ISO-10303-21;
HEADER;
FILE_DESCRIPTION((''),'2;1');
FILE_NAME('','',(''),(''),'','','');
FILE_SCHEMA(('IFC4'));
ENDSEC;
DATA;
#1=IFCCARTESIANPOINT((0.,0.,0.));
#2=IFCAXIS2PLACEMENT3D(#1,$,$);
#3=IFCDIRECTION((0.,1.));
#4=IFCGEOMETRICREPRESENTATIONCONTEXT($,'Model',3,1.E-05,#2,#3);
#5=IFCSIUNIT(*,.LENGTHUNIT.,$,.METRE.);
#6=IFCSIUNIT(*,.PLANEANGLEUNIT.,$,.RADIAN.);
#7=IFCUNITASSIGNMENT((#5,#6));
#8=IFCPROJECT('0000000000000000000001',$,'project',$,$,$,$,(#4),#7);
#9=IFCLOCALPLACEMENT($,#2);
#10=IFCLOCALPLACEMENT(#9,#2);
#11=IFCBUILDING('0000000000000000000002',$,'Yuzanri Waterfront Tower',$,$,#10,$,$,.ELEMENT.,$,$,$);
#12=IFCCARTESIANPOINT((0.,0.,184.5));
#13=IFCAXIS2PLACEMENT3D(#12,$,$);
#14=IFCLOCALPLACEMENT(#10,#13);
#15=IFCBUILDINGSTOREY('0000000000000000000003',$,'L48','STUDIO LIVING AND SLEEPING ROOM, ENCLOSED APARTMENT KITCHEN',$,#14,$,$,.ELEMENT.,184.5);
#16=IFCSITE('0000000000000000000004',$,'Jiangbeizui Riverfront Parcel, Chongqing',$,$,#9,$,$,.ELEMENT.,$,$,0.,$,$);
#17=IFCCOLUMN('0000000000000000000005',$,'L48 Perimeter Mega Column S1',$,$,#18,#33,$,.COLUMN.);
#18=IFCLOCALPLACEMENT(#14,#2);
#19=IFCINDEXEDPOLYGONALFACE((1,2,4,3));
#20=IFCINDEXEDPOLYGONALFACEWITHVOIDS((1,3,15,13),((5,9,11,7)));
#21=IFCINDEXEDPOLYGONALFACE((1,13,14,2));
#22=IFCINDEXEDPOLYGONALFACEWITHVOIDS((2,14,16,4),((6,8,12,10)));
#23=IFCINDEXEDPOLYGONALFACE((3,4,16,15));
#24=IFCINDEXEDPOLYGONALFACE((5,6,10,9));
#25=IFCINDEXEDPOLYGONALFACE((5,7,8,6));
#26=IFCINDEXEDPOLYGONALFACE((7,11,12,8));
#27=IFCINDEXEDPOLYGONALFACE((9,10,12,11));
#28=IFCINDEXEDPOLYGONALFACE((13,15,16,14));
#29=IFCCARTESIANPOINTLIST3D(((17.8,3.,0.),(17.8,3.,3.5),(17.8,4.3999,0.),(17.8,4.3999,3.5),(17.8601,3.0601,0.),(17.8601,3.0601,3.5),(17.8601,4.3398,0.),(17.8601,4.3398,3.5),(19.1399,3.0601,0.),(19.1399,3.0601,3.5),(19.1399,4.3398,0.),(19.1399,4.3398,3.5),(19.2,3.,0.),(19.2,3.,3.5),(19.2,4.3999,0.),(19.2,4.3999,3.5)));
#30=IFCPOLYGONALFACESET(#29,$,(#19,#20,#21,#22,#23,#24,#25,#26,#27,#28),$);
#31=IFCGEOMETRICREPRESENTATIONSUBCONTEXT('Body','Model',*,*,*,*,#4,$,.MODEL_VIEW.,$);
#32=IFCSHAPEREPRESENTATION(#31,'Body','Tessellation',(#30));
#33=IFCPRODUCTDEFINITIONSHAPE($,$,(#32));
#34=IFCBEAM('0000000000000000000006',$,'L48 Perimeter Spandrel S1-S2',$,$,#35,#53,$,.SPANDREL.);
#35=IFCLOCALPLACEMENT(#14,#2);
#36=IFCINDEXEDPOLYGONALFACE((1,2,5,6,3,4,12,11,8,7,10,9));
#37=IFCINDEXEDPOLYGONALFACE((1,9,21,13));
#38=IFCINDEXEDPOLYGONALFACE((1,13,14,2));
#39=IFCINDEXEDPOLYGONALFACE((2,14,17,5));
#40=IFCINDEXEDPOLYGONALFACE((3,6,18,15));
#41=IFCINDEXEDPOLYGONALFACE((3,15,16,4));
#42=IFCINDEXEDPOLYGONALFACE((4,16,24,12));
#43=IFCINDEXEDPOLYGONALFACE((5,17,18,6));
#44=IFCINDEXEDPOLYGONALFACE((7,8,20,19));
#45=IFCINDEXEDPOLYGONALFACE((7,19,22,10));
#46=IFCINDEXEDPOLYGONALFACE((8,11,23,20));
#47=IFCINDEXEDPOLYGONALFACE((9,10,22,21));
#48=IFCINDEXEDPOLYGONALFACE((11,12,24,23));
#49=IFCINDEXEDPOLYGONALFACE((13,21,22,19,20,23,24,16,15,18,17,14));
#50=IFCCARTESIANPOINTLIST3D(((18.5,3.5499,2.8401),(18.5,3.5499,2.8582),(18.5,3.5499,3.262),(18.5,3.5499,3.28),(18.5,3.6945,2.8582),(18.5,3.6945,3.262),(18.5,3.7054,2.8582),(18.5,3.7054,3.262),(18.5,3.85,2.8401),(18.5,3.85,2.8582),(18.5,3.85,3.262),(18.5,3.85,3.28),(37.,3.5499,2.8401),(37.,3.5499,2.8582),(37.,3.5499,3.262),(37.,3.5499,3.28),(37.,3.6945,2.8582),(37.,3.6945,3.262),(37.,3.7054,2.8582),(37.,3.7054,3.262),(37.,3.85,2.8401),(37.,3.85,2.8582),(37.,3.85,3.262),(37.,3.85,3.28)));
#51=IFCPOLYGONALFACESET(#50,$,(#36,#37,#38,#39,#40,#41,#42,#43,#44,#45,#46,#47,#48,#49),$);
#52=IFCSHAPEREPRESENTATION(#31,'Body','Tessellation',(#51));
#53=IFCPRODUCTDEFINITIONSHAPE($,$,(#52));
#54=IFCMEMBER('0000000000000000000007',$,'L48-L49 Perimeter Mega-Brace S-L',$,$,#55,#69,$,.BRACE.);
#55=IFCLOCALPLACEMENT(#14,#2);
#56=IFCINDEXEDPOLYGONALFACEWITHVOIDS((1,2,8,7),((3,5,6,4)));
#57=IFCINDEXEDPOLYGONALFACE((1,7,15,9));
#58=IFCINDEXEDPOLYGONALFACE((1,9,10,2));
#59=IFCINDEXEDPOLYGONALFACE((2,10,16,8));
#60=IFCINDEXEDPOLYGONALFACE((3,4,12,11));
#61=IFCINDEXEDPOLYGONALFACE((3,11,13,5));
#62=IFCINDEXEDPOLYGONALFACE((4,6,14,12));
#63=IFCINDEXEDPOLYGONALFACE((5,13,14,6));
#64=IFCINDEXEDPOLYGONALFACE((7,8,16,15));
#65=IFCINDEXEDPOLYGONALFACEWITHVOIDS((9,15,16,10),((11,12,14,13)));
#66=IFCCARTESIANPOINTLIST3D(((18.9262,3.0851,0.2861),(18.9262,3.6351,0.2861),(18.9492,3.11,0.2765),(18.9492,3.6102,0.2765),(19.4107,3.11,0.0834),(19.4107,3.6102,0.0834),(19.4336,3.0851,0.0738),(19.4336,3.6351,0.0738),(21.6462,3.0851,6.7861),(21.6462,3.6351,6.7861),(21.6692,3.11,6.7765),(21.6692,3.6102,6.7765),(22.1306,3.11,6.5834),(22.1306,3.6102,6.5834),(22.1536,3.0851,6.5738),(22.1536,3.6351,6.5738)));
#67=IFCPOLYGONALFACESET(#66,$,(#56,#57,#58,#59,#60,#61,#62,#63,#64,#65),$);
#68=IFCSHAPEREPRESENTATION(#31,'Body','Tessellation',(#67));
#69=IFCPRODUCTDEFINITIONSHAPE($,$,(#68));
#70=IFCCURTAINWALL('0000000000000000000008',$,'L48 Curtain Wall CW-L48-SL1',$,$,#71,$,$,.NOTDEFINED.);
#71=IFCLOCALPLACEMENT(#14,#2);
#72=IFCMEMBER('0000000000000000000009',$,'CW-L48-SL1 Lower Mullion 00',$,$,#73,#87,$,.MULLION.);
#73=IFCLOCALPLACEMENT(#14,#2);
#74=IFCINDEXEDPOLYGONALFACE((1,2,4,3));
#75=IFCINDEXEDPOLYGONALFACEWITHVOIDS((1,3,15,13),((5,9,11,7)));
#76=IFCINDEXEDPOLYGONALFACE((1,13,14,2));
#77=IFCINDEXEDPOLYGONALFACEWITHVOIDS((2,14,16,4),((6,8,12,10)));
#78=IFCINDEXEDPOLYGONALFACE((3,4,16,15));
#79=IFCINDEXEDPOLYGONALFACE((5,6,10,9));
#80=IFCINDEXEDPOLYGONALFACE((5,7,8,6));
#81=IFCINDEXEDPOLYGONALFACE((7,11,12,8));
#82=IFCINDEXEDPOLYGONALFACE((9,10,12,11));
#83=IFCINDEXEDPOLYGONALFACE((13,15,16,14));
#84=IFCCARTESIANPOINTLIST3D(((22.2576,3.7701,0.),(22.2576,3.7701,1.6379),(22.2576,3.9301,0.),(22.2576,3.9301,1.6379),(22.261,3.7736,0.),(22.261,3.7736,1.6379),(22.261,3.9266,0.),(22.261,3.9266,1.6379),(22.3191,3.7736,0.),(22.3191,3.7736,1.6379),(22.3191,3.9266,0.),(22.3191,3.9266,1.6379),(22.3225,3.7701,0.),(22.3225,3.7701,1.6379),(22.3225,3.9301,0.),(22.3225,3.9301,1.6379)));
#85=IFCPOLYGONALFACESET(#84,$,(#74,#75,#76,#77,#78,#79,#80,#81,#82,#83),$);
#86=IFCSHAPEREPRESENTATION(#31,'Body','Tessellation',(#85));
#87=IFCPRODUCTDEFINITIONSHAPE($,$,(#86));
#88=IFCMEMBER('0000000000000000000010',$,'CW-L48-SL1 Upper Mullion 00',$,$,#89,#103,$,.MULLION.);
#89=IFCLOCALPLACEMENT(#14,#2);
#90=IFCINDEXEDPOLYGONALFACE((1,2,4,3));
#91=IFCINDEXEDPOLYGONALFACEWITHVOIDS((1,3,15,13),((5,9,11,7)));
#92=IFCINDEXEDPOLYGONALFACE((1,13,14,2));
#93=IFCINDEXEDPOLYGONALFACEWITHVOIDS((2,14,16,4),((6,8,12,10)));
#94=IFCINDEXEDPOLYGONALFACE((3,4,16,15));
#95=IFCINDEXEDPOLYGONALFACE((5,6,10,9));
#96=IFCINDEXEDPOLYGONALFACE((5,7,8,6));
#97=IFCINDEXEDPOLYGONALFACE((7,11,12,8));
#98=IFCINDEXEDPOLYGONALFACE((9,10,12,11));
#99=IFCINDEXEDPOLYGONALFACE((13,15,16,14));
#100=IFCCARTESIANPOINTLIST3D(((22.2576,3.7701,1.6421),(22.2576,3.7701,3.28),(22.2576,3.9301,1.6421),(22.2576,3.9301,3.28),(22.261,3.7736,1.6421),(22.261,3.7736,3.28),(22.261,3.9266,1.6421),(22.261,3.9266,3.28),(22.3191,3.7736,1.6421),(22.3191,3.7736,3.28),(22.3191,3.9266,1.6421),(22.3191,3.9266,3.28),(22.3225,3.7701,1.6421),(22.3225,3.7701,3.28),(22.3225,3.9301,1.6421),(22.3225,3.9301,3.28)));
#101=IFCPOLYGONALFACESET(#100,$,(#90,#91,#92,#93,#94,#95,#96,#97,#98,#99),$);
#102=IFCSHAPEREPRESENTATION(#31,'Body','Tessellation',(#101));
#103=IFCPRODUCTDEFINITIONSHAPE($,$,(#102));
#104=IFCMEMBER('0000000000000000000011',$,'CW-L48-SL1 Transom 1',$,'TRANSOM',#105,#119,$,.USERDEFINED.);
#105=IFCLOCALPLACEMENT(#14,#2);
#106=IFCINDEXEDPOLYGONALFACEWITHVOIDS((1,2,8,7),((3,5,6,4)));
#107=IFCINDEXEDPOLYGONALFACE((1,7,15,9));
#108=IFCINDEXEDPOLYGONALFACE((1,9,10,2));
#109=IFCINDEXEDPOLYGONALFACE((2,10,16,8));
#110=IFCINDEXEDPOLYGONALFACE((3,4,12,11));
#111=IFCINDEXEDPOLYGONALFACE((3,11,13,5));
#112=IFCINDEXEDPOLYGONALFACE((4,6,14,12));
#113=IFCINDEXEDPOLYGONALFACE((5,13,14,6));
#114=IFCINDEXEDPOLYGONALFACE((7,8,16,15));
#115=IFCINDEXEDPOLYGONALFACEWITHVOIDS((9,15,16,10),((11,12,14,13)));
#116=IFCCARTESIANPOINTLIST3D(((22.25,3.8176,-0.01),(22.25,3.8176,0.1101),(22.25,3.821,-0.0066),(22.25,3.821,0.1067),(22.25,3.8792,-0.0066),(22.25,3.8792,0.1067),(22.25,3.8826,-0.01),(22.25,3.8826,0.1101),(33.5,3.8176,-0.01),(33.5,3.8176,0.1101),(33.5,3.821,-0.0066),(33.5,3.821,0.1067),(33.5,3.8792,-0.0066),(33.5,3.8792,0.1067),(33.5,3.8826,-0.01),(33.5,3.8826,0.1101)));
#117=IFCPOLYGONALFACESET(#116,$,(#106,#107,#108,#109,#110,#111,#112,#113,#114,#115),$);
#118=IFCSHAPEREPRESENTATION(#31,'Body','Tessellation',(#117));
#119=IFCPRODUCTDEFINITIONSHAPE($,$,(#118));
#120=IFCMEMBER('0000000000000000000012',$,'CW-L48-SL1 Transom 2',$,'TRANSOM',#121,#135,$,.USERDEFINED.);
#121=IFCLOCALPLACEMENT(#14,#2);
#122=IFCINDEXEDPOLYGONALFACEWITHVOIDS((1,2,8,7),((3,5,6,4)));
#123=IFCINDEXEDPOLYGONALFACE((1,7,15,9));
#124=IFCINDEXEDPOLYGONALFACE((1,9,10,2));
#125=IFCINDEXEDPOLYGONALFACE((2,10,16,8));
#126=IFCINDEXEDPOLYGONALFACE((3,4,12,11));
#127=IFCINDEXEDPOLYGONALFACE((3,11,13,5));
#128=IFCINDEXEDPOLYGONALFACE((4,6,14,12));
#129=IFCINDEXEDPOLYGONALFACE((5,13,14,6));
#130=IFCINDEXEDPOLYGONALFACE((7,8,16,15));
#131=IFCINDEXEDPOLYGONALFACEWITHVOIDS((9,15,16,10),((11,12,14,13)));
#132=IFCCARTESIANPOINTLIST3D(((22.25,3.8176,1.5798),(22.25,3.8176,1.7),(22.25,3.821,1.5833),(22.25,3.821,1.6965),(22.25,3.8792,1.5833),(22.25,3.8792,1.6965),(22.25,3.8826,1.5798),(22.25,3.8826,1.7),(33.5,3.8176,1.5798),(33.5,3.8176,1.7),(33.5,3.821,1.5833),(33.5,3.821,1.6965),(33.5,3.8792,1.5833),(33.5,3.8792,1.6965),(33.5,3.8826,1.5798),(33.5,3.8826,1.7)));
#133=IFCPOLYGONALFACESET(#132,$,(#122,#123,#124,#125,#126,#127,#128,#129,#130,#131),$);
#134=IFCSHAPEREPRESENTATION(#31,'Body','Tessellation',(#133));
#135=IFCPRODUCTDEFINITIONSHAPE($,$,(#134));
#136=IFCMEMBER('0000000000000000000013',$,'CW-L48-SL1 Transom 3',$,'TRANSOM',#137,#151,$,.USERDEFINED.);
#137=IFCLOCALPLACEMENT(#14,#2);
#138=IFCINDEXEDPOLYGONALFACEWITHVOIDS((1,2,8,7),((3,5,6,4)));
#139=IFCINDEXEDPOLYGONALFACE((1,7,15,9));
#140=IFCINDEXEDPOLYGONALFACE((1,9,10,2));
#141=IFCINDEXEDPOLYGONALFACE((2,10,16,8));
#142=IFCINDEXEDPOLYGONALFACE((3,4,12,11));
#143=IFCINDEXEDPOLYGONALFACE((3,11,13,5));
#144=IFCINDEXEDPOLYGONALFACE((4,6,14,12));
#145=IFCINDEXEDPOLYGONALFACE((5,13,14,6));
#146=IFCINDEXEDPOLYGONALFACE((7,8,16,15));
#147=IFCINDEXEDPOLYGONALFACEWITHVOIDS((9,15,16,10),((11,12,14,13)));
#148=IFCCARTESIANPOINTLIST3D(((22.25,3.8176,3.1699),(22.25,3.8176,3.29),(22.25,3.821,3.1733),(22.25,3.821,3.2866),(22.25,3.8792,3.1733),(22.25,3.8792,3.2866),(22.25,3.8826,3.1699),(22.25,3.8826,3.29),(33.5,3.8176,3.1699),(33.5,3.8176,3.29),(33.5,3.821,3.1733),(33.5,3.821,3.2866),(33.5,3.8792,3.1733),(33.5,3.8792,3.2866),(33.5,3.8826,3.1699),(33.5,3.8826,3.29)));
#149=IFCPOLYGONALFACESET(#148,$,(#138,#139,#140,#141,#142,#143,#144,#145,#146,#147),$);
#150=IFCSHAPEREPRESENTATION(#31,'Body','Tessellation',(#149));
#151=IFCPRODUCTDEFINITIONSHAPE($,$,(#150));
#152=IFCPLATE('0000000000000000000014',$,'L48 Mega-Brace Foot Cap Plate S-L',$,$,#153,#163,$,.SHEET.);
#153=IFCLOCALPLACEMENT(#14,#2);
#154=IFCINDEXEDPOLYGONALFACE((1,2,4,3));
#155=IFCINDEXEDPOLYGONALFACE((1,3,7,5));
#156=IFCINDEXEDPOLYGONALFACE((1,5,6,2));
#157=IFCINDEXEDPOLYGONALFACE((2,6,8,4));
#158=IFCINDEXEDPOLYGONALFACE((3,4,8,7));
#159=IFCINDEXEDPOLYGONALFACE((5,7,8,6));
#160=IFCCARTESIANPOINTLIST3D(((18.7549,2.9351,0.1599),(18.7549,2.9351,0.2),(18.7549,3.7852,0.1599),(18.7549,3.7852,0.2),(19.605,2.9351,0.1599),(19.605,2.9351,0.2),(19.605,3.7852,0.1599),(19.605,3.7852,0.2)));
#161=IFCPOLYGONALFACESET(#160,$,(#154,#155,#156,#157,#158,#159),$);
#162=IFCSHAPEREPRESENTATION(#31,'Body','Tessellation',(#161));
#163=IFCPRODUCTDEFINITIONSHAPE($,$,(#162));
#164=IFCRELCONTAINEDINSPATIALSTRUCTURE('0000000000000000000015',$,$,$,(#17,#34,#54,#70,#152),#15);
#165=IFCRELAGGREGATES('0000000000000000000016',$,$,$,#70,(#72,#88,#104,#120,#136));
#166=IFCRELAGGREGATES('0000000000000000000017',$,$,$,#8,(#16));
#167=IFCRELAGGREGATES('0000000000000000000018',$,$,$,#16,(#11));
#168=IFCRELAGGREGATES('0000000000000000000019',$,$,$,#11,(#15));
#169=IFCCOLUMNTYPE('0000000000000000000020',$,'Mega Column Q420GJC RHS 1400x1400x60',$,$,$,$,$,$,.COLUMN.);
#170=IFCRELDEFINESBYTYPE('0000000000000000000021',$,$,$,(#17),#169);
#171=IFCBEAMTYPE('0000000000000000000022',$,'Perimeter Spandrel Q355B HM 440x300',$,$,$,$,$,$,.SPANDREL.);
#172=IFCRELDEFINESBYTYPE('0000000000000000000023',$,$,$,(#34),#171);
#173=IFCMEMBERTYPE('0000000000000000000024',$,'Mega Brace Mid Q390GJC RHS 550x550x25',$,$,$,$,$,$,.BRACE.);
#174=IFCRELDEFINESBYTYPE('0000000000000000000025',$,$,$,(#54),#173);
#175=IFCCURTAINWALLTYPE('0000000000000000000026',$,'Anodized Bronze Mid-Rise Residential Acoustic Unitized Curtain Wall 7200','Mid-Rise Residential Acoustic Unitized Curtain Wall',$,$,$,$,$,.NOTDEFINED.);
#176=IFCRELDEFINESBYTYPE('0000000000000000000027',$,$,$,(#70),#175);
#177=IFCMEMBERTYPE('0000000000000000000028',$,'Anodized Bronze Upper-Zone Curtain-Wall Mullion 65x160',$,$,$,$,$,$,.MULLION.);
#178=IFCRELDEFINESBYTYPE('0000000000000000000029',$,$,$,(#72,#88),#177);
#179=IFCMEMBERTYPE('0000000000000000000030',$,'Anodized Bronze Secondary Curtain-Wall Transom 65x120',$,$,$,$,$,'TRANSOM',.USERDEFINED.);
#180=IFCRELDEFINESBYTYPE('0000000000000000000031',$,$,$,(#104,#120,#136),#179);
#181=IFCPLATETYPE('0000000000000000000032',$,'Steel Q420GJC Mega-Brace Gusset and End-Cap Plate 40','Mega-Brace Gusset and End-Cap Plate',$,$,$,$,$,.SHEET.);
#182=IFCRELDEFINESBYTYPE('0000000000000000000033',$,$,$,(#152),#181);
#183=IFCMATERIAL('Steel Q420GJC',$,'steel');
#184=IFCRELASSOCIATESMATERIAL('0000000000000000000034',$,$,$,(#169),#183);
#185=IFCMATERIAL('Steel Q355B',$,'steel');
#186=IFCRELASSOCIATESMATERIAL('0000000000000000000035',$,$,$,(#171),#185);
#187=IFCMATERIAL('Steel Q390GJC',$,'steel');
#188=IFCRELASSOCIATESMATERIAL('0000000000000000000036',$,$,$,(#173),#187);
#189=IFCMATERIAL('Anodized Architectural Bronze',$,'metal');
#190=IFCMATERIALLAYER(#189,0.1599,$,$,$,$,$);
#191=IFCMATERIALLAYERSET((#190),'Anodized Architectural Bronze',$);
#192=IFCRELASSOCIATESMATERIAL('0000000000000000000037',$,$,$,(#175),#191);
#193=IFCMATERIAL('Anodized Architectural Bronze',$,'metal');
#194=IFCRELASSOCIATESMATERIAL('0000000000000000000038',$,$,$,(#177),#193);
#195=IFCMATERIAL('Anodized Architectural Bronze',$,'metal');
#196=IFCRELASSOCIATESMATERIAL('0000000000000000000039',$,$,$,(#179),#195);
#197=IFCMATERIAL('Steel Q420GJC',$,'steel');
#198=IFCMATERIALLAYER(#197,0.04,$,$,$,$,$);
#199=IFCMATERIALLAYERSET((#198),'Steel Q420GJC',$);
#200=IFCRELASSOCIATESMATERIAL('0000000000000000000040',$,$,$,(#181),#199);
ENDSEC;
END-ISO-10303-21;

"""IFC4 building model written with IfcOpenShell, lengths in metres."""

from ifc_helpers import new_model, si_unit, direction, frame, origin, origin_2d, place, context, subcontext, project, spatial, rectangle, hollow_rectangle, i_section, extrude, source, transform, mapped, material, layer, layer_set, material_profile, profile_set, type_object, element, aggregate, save


model = new_model("IFC4")

# Units and contexts
model_context = context("Model", 3, precision=1e-05, world=origin(), true_north=direction((0.0, 1.0)))
body_context = subcontext(model_context, "Body", "Model", "MODEL_VIEW")
ifc_project = project(units=[si_unit("LENGTHUNIT", "METRE"), si_unit("PLANEANGLEUNIT", "RADIAN")], contexts=[model_context])

# Site, building, storey
site_placement = place(None, origin())
site = spatial("IfcSite", under=ifc_project, at=site_placement, Name="Jiangbeizui Riverfront Parcel, Chongqing", CompositionType="ELEMENT", RefElevation=0.0)
building_placement = place(site_placement, origin())
building = spatial("IfcBuilding", under=site, at=building_placement, Name="Yuzanri Waterfront Tower", CompositionType="ELEMENT")
storey_placement = place(building_placement, frame((0.0, 0.0, 184.5)))
storey = spatial("IfcBuildingStorey", under=building, at=storey_placement, Name="L48", Description="STUDIO LIVING AND SLEEPING ROOM, ENCLOSED APARTMENT KITCHEN", CompositionType="ELEMENT", Elevation=184.5)

# Column
ifc_material_1 = material(Name="Steel Q420GJC", Category="steel")
ifc_material_profile_1 = material_profile(ifc_material_1, hollow_rectangle(XDim=1.3999, YDim=1.3999, WallThickness=0.0601, at=origin_2d()), Name="RHS 1400x1400x60")
ifc_profile_set_1 = profile_set([ifc_material_profile_1], Name="Steel Q420GJC")
column_type = type_object("IfcColumnType", Name="Mega Column Q420GJC RHS 1400x1400x60", PredefinedType="COLUMN", material=ifc_profile_set_1)
shared_shape_1 = source(origin(), body_context, "Body", "SweptSolid", [
    extrude(hollow_rectangle(XDim=1.3999, YDim=1.3999, WallThickness=0.0601, at=origin_2d()), origin(), (0.0, 0.0, 1.0), 3.5),
])
column_placement = place(storey_placement, frame((18.5, 3.7, 0.0), z_axis=(0.0, 0.0, 1.0), x_axis=(1.0, 0.0, 0.0)))
element("IfcColumn", 1, at=column_placement, inside=storey, type_object=column_type, Name="L48 Perimeter Mega Column S1", PredefinedType="COLUMN", context=body_context, shape_type="MappedRepresentation", body=[
    mapped(shared_shape_1, transform((0.0, 0.0, 0.0), scale=1.0)),
])

# Beam
ifc_material_2 = material(Name="Steel Q355B", Category="steel")
ifc_material_profile_2 = material_profile(ifc_material_2, i_section(OverallWidth=0.3, OverallDepth=0.4399, WebThickness=0.011, FlangeThickness=0.0181, at=origin_2d()), Name="HM 440x300x11x18")
ifc_profile_set_2 = profile_set([ifc_material_profile_2], Name="Steel Q355B")
beam_type = type_object("IfcBeamType", Name="Perimeter Spandrel Q355B HM 440x300", PredefinedType="SPANDREL", material=ifc_profile_set_2)
shared_shape_2 = source(origin(), body_context, "Body", "SweptSolid", [
    extrude(i_section(OverallWidth=0.3, OverallDepth=0.4399, WebThickness=0.011, FlangeThickness=0.0181, at=origin_2d()), origin(), (0.0, 0.0, 1.0), 18.5),
])
beam_placement = place(storey_placement, frame((18.5, 3.7, 3.0601), z_axis=(1.0, 0.0, 0.0), x_axis=(0.0, 1.0, 0.0)))
element("IfcBeam", 2, at=beam_placement, inside=storey, type_object=beam_type, Name="L48 Perimeter Spandrel S1-S2", PredefinedType="SPANDREL", context=body_context, shape_type="MappedRepresentation", body=[
    mapped(shared_shape_2, transform((0.0, 0.0, 0.0), scale=1.0)),
])

# Member
ifc_material_3 = material(Name="Steel Q390GJC", Category="steel")
ifc_material_profile_3 = material_profile(ifc_material_3, hollow_rectangle(XDim=0.55, YDim=0.55, WallThickness=0.0249, at=origin_2d()), Name="RHS 550x550x25")
ifc_profile_set_3 = profile_set([ifc_material_profile_3], Name="Steel Q390GJC")
member_type_1 = type_object("IfcMemberType", Name="Mega Brace Mid Q390GJC RHS 550x550x25", PredefinedType="BRACE", material=ifc_profile_set_3)
shared_shape_3 = source(origin(), body_context, "Body", "SweptSolid", [
    extrude(hollow_rectangle(XDim=0.55, YDim=0.55, WallThickness=0.0249, at=origin_2d()), origin(), (0.0, 0.0, 1.0), 7.0461),
])
member_1_placement = place(storey_placement, frame((19.1799, 3.3601, 0.1799), z_axis=(0.386022, 0.0, 0.922489), x_axis=(0.0, 1.0, 0.0)))
element("IfcMember", 3, at=member_1_placement, inside=storey, type_object=member_type_1, Name="L48-L49 Perimeter Mega-Brace S-L", PredefinedType="BRACE", context=body_context, shape_type="MappedRepresentation", body=[
    mapped(shared_shape_3, transform((0.0, 0.0, 0.0), scale=1.0)),
])

# Curtain wall, members
ifc_material_4 = material(Name="Anodized Architectural Bronze", Category="metal")
ifc_layer_1 = layer(ifc_material_4, 0.1599)
ifc_layer_set_1 = layer_set([ifc_layer_1], Name="Anodized Architectural Bronze")
curtain_wall_type = type_object("IfcCurtainWallType", Name="Anodized Bronze Mid-Rise Residential Acoustic Unitized Curtain Wall 7200", Description="Mid-Rise Residential Acoustic Unitized Curtain Wall", PredefinedType="NOTDEFINED", material=ifc_layer_set_1)
curtain_wall_placement = place(storey_placement, origin())
curtain_wall = element("IfcCurtainWall", 4, at=curtain_wall_placement, inside=storey, type_object=curtain_wall_type, Name="L48 Curtain Wall CW-L48-SL1", PredefinedType="NOTDEFINED")
ifc_material_5 = material(Name="Anodized Architectural Bronze", Category="metal")
ifc_material_profile_4 = material_profile(ifc_material_5, hollow_rectangle(XDim=0.0649, YDim=0.1599, WallThickness=0.0034, at=origin_2d()), Name="CWM 65x160")
ifc_profile_set_4 = profile_set([ifc_material_profile_4], Name="Anodized Architectural Bronze")
member_type_2 = type_object("IfcMemberType", Name="Anodized Bronze Upper-Zone Curtain-Wall Mullion 65x160", PredefinedType="MULLION", material=ifc_profile_set_4)
shared_shape_4 = source(origin(), body_context, "Body", "SweptSolid", [
    extrude(hollow_rectangle(XDim=0.0649, YDim=0.1599, WallThickness=0.0034, at=origin_2d()), origin(), (0.0, 0.0, 1.0), 1.6379),
])
member_2_placement = place(storey_placement, frame((22.29, 3.8501, 0.0), z_axis=(0.0, 0.0, 1.0), x_axis=(1.0, 0.0, 0.0)))
member_2 = element("IfcMember", 5, at=member_2_placement, type_object=member_type_2, Name="CW-L48-SL1 Lower Mullion 00", PredefinedType="MULLION", context=body_context, shape_type="MappedRepresentation", body=[
    mapped(shared_shape_4, transform((0.0, 0.0, 0.0), scale=1.0)),
])
member_3_placement = place(storey_placement, frame((22.29, 3.8501, 1.6421), z_axis=(0.0, 0.0, 1.0), x_axis=(1.0, 0.0, 0.0)))
member_3 = element("IfcMember", 6, at=member_3_placement, type_object=member_type_2, Name="CW-L48-SL1 Upper Mullion 00", PredefinedType="MULLION", context=body_context, shape_type="MappedRepresentation", body=[
    mapped(shared_shape_4, transform((0.0, 0.0, 0.0), scale=1.0)),
])
ifc_material_6 = material(Name="Anodized Architectural Bronze", Category="metal")
ifc_material_profile_5 = material_profile(ifc_material_6, hollow_rectangle(XDim=0.0649, YDim=0.1201, WallThickness=0.0034, at=origin_2d()), Name="CWT 65x120")
ifc_profile_set_5 = profile_set([ifc_material_profile_5], Name="Anodized Architectural Bronze")
member_type_3 = type_object("IfcMemberType", Name="Anodized Bronze Secondary Curtain-Wall Transom 65x120", ElementType="TRANSOM", PredefinedType="USERDEFINED", material=ifc_profile_set_5)
shared_shape_5 = source(origin(), body_context, "Body", "SweptSolid", [
    extrude(hollow_rectangle(XDim=0.0649, YDim=0.1201, WallThickness=0.0034, at=origin_2d()), origin(), (0.0, 0.0, 1.0), 11.25),
])
member_4_placement = place(storey_placement, frame((22.25, 3.8501, 0.05), z_axis=(1.0, 0.0, 0.0), x_axis=(0.0, 1.0, 0.0)))
member_4 = element("IfcMember", 7, at=member_4_placement, type_object=member_type_3, Name="CW-L48-SL1 Transom 1", ObjectType="TRANSOM", PredefinedType="USERDEFINED", context=body_context, shape_type="MappedRepresentation", body=[
    mapped(shared_shape_5, transform((0.0, 0.0, 0.0), scale=1.0)),
])
member_5_placement = place(storey_placement, frame((22.25, 3.8501, 1.6399), z_axis=(1.0, 0.0, 0.0), x_axis=(0.0, 1.0, 0.0)))
member_5 = element("IfcMember", 8, at=member_5_placement, type_object=member_type_3, Name="CW-L48-SL1 Transom 2", ObjectType="TRANSOM", PredefinedType="USERDEFINED", context=body_context, shape_type="MappedRepresentation", body=[
    mapped(shared_shape_5, transform((0.0, 0.0, 0.0), scale=1.0)),
])
member_6_placement = place(storey_placement, frame((22.25, 3.8501, 3.23), z_axis=(1.0, 0.0, 0.0), x_axis=(0.0, 1.0, 0.0)))
member_6 = element("IfcMember", 9, at=member_6_placement, type_object=member_type_3, Name="CW-L48-SL1 Transom 3", ObjectType="TRANSOM", PredefinedType="USERDEFINED", context=body_context, shape_type="MappedRepresentation", body=[
    mapped(shared_shape_5, transform((0.0, 0.0, 0.0), scale=1.0)),
])
aggregate(curtain_wall, [member_2, member_3, member_4, member_5, member_6])

# Plate
ifc_material_7 = material(Name="Steel Q420GJC", Category="steel")
ifc_layer_2 = layer(ifc_material_7, 0.04)
ifc_layer_set_2 = layer_set([ifc_layer_2], Name="Steel Q420GJC")
plate_type = type_object("IfcPlateType", Name="Steel Q420GJC Mega-Brace Gusset and End-Cap Plate 40", Description="Mega-Brace Gusset and End-Cap Plate", PredefinedType="SHEET", material=ifc_layer_set_2)
shared_shape_6 = source(origin(), body_context, "Body", "SweptSolid", [
    extrude(rectangle(XDim=0.8501, YDim=0.8501, at=origin_2d()), origin(), (0.0, 0.0, 1.0), 0.04),
])
plate_placement = place(storey_placement, frame((19.1799, 3.3601, 0.1599), z_axis=(0.0, 0.0, 1.0), x_axis=(1.0, 0.0, 0.0)))
element("IfcPlate", 10, at=plate_placement, inside=storey, type_object=plate_type, Name="L48 Mega-Brace Foot Cap Plate S-L", PredefinedType="SHEET", context=body_context, shape_type="MappedRepresentation", body=[
    mapped(shared_shape_6, transform((0.0, 0.0, 0.0), scale=1.0)),
])

save(model, "model.ifc")
